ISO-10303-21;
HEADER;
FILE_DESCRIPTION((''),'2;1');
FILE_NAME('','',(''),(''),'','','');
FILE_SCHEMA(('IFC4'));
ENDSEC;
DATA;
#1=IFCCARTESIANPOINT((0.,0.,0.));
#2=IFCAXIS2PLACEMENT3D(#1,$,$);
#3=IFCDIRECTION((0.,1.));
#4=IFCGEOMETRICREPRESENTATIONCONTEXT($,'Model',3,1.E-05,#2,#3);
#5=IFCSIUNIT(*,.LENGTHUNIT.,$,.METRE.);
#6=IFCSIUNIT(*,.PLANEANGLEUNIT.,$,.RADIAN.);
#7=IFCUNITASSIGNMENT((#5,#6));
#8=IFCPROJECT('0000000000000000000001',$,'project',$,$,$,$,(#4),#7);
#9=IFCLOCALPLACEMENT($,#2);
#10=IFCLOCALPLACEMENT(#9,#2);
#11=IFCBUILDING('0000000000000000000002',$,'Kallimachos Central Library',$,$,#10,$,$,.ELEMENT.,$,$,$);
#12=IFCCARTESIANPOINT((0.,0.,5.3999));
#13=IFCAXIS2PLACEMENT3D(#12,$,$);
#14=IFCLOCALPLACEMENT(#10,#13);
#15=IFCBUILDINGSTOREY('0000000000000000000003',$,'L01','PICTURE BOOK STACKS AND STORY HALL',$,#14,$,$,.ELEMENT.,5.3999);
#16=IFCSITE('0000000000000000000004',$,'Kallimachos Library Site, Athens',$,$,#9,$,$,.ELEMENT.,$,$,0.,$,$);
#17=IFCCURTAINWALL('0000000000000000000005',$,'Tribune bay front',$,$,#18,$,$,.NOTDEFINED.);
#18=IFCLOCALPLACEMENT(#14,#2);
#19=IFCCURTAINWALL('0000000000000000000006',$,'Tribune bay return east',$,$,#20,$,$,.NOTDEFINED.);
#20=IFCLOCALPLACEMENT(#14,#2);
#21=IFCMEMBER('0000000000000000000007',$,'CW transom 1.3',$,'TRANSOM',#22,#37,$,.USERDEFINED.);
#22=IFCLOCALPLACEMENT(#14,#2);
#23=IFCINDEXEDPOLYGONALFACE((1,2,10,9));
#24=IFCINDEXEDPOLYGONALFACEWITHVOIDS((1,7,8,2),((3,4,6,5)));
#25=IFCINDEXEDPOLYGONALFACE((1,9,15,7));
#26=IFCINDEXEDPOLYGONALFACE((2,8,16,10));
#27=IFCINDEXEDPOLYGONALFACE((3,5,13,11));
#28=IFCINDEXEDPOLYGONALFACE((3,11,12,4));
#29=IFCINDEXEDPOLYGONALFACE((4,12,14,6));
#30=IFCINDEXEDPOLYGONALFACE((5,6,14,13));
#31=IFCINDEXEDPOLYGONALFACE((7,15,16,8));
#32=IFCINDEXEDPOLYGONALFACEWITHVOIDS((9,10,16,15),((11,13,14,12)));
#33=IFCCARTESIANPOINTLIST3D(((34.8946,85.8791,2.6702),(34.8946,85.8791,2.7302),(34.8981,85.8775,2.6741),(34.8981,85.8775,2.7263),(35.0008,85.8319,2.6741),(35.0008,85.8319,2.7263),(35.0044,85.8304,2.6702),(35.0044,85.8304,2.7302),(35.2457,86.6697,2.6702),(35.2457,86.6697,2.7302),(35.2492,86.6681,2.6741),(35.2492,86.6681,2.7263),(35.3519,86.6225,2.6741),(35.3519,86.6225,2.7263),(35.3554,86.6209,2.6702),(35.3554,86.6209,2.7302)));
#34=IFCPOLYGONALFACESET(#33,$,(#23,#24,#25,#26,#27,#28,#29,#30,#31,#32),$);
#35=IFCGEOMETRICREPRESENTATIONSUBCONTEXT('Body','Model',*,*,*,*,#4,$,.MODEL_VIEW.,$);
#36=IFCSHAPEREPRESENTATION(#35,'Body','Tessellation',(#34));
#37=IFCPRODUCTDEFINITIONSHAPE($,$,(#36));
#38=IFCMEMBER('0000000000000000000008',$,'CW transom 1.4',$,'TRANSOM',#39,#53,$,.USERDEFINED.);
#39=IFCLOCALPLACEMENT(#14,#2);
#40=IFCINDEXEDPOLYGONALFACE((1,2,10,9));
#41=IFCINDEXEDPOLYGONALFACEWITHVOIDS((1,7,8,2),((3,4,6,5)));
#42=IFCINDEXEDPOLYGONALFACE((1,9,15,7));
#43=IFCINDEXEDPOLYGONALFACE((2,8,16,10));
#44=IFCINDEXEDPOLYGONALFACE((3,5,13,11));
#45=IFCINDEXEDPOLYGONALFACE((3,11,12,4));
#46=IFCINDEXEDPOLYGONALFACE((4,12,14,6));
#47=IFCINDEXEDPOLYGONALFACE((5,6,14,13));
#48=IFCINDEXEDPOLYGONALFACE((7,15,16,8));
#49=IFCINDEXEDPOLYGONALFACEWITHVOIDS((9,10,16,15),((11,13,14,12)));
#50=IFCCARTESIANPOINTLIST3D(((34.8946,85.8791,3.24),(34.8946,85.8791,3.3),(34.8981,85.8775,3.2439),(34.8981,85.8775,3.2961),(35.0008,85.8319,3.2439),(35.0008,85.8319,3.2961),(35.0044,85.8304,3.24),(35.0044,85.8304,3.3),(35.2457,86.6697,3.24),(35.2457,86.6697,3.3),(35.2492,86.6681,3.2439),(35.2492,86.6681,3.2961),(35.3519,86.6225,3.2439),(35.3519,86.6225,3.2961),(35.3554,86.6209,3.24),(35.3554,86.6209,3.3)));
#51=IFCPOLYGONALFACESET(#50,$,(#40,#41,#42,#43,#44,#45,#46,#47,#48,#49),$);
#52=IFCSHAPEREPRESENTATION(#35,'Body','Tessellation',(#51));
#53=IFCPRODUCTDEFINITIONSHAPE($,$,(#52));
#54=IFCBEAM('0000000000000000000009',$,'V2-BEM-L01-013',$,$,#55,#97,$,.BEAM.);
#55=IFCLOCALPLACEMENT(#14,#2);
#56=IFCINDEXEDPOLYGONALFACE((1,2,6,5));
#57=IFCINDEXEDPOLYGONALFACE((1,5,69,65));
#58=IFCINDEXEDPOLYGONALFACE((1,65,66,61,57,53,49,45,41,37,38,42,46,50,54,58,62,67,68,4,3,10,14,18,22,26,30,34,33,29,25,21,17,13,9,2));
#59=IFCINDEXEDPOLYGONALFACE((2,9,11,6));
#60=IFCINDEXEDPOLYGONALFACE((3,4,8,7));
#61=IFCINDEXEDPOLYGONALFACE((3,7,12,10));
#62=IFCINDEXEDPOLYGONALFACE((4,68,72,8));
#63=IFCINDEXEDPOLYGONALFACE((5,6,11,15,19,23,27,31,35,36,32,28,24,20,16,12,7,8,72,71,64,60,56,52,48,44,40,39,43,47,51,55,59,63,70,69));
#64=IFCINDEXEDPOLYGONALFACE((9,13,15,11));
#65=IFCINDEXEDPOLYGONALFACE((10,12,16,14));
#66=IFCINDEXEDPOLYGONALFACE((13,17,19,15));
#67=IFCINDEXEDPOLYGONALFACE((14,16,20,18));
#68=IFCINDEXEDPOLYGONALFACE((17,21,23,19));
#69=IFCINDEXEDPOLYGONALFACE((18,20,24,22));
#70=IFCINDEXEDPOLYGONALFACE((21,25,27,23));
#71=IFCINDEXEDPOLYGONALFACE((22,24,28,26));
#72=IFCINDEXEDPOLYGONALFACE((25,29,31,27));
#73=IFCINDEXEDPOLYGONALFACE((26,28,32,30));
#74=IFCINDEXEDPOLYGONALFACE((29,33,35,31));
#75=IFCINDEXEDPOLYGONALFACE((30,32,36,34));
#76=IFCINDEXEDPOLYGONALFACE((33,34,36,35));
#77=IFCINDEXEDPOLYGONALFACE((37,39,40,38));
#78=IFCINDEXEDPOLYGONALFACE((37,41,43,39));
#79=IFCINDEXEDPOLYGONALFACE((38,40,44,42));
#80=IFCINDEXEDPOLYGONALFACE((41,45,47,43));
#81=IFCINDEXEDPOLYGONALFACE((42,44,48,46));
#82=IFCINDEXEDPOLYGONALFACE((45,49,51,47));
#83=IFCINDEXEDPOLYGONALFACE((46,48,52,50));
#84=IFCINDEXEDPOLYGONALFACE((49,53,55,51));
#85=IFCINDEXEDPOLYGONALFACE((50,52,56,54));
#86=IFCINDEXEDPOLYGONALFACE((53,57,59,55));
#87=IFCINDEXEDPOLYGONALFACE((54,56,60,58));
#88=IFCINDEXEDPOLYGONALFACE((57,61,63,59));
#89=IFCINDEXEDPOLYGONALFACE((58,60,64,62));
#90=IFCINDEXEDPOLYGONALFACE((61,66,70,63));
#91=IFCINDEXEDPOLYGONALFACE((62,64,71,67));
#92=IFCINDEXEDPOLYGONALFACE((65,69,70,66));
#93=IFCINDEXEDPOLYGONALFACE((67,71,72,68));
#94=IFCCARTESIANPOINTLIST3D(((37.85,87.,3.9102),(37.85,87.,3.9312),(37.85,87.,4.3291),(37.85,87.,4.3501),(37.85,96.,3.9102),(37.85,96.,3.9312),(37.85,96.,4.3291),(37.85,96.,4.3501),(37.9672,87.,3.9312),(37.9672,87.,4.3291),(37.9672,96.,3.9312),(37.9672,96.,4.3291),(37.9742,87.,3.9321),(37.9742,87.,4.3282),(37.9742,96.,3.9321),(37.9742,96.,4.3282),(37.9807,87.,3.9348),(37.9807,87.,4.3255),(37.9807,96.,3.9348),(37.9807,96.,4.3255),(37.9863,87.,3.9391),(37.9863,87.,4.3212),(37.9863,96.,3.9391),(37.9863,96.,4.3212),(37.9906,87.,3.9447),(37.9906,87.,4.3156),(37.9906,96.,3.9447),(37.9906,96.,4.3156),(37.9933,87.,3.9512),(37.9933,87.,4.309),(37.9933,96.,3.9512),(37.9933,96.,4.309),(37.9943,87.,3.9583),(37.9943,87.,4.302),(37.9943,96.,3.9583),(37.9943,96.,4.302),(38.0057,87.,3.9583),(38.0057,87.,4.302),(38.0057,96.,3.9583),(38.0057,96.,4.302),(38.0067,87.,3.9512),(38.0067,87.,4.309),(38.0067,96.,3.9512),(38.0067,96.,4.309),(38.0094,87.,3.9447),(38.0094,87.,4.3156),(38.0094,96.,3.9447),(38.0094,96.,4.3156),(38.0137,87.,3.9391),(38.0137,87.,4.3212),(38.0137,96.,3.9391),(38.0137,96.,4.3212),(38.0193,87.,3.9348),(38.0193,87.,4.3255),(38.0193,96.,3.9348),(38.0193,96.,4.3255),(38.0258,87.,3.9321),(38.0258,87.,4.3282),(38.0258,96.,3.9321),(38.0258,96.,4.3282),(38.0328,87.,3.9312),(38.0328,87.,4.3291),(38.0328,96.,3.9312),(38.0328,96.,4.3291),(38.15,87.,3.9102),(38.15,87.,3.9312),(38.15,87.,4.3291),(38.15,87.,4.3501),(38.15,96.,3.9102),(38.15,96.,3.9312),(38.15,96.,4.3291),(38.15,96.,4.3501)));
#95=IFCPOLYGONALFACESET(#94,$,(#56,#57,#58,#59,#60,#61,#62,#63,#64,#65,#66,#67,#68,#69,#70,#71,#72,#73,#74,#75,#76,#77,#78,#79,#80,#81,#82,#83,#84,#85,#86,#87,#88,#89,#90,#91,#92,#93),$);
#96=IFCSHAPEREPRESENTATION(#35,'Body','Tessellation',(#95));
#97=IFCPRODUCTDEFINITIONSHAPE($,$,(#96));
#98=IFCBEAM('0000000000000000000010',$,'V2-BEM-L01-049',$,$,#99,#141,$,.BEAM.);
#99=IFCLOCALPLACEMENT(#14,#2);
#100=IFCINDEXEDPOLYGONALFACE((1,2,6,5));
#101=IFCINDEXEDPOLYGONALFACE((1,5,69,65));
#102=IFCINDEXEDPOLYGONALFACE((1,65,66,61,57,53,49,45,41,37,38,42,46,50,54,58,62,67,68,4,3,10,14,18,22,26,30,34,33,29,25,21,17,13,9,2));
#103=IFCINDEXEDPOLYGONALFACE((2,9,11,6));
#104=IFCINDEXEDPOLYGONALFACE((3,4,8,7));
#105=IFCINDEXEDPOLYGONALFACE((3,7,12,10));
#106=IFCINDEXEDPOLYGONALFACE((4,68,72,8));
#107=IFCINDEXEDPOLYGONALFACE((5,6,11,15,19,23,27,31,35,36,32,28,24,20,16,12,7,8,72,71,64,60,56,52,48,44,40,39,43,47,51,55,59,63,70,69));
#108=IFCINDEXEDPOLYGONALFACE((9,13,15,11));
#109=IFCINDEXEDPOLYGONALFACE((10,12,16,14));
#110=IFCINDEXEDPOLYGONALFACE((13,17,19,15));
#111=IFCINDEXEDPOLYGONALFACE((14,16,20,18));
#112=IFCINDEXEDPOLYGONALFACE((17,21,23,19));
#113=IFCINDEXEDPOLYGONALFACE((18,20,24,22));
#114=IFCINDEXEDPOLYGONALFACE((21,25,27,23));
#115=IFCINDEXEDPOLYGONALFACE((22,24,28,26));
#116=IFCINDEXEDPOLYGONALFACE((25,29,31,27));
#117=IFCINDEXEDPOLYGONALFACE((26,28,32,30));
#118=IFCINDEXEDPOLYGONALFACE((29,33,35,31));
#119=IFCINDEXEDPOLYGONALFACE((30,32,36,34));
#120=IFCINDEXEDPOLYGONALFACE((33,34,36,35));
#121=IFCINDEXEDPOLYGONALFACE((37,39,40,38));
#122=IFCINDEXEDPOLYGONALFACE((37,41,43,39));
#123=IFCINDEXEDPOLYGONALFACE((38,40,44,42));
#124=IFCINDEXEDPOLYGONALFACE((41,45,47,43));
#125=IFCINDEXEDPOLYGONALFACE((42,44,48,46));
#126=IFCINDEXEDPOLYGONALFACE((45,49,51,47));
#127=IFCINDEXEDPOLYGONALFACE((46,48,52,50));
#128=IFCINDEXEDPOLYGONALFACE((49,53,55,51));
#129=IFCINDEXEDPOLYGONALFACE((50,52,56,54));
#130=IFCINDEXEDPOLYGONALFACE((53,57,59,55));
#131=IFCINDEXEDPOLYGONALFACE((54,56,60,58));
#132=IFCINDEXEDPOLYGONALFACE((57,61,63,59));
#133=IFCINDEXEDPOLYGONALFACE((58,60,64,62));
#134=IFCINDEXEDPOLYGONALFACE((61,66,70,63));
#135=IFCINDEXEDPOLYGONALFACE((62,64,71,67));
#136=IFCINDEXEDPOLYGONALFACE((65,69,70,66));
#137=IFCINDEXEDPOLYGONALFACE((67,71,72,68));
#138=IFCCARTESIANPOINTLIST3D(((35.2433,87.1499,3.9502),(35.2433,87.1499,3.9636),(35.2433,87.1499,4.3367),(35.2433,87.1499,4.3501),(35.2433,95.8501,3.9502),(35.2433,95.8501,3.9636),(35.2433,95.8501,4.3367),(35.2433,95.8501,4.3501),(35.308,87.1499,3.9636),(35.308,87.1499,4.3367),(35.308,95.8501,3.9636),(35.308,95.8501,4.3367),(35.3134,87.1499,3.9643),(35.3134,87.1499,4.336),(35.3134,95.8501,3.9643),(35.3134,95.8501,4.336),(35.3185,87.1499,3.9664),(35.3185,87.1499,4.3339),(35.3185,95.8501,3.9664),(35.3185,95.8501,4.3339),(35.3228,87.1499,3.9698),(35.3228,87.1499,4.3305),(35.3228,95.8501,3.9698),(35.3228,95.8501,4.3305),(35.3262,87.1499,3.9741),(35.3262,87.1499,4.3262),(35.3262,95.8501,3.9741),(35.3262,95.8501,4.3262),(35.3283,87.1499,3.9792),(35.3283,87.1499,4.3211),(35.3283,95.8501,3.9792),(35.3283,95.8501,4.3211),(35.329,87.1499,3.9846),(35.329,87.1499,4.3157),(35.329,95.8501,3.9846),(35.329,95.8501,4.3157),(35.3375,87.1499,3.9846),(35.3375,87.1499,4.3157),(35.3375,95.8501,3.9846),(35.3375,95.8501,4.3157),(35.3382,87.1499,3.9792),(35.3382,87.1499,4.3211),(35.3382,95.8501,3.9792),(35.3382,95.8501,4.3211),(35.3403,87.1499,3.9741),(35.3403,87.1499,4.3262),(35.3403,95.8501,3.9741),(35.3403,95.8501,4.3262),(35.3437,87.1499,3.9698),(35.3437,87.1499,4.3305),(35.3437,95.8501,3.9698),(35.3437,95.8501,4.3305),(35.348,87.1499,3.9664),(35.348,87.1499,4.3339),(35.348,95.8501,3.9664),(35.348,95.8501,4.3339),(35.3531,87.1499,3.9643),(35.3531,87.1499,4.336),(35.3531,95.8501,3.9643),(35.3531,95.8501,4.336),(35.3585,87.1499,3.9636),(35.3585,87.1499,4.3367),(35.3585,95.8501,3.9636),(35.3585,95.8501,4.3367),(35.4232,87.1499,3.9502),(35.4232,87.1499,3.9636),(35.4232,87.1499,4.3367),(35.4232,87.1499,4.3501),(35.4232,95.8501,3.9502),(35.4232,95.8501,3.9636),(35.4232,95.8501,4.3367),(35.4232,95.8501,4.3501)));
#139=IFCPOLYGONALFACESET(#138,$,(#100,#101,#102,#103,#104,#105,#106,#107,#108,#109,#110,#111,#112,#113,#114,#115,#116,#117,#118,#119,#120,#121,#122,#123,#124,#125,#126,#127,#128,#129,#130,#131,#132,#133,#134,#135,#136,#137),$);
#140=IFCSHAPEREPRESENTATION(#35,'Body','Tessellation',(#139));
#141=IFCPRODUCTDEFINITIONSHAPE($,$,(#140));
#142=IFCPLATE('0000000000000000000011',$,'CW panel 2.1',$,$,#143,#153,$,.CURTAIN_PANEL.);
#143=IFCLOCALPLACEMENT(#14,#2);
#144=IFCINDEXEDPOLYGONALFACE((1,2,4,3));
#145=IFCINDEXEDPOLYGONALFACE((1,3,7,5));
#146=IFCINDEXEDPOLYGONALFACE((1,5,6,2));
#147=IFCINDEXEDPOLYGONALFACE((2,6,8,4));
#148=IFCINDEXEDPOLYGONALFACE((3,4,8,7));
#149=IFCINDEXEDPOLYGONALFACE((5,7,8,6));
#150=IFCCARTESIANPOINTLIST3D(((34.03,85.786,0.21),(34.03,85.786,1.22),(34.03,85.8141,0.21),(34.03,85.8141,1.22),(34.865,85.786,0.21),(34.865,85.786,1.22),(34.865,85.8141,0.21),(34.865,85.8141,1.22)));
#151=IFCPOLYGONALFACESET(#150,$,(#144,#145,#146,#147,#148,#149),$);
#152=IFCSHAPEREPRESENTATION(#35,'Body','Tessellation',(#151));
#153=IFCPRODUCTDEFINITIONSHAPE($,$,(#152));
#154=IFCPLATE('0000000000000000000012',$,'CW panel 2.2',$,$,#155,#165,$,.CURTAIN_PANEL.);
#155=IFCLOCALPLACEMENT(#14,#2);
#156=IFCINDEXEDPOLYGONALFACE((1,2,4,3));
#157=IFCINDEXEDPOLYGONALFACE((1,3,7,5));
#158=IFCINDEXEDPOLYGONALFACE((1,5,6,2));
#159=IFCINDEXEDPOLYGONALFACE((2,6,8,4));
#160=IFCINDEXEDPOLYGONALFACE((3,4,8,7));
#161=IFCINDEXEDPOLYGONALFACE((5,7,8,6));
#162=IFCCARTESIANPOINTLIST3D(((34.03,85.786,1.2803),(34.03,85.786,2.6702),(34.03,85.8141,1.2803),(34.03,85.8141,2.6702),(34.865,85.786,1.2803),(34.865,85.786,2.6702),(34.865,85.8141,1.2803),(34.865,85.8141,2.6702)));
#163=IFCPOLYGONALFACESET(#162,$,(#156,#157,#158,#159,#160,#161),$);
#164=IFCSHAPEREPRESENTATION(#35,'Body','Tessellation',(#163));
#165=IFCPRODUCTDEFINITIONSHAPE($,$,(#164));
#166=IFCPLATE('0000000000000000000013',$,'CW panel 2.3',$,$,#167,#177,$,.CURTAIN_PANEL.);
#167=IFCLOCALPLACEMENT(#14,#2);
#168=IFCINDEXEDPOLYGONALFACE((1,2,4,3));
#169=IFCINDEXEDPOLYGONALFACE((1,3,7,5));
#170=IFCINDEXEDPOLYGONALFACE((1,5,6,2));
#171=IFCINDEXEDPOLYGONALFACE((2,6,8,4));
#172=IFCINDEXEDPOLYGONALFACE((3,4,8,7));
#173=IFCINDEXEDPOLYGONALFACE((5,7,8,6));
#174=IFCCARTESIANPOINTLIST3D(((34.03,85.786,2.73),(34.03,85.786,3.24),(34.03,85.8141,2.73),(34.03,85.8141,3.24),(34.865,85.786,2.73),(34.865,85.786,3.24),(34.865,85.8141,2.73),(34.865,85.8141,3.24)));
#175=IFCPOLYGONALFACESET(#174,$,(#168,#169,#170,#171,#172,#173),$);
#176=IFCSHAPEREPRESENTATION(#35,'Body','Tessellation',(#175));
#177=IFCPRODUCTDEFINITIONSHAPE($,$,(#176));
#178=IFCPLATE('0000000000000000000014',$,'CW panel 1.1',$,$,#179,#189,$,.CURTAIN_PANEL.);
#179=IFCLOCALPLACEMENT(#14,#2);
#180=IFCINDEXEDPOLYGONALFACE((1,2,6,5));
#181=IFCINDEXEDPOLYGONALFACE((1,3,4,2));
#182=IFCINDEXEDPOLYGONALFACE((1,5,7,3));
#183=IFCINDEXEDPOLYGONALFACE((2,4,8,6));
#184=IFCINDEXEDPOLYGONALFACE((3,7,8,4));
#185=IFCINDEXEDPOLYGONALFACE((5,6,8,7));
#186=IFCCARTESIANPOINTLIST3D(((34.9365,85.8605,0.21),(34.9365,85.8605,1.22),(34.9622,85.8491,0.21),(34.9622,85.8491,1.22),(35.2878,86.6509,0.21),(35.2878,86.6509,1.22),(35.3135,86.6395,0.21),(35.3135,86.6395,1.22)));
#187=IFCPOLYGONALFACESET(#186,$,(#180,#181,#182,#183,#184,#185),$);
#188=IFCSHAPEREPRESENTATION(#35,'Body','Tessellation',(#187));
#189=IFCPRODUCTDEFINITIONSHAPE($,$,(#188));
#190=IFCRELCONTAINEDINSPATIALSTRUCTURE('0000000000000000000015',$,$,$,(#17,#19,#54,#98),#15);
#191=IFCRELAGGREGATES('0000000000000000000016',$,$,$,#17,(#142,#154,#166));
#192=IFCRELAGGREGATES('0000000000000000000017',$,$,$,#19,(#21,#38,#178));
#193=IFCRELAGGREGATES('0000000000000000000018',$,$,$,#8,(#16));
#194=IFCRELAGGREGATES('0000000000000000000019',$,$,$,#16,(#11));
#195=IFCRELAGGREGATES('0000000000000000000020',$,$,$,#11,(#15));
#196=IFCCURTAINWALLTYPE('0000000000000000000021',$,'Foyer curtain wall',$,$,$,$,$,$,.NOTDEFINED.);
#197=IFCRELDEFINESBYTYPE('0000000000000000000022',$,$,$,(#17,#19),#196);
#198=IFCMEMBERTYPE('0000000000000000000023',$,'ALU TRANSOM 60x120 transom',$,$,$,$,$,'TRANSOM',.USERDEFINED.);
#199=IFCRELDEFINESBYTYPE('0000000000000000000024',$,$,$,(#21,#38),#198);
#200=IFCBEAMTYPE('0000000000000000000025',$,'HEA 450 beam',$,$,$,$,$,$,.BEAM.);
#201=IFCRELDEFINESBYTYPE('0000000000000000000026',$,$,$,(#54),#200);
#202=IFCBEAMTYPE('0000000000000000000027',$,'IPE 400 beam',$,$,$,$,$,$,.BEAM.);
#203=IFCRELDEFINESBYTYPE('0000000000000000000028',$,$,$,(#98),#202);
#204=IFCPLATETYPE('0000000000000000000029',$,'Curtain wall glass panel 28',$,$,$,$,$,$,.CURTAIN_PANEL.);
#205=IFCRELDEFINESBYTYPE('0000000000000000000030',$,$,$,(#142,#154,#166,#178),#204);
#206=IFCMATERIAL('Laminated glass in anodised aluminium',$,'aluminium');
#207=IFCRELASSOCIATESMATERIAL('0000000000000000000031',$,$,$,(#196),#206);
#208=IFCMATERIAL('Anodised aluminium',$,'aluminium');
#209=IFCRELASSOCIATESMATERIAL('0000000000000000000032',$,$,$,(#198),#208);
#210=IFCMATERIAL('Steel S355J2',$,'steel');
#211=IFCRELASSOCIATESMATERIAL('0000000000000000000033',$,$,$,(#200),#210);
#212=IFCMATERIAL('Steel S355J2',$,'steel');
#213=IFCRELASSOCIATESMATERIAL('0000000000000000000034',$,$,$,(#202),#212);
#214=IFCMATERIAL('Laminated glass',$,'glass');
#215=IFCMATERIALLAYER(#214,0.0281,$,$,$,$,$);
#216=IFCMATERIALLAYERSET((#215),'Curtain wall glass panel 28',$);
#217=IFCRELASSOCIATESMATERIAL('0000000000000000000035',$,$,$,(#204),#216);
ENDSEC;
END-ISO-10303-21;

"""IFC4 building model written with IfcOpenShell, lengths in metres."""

from ifc_helpers import new_model, si_unit, direction, frame, origin, origin_2d, place, context, subcontext, project, spatial, rectangle, hollow_rectangle, i_section, extrude, material, layer, layer_set, material_profile, profile_set, type_object, element, aggregate, save


model = new_model("IFC4")

# Units and contexts
model_context = context("Model", 3, precision=1e-05, world=origin(), true_north=direction((0.0, 1.0)))
body_context = subcontext(model_context, "Body", "Model", "MODEL_VIEW")
ifc_project = project(units=[si_unit("LENGTHUNIT", "METRE"), si_unit("PLANEANGLEUNIT", "RADIAN")], contexts=[model_context])

# Site, building, storey
site_placement = place(None, origin())
site = spatial("IfcSite", under=ifc_project, at=site_placement, Name="Kallimachos Library Site, Athens", CompositionType="ELEMENT", RefElevation=0.0)
building_placement = place(site_placement, origin())
building = spatial("IfcBuilding", under=site, at=building_placement, Name="Kallimachos Central Library", CompositionType="ELEMENT")
storey_placement = place(building_placement, frame((0.0, 0.0, 5.3999)))
storey = spatial("IfcBuildingStorey", under=building, at=storey_placement, Name="L01", Description="PICTURE BOOK STACKS AND STORY HALL", CompositionType="ELEMENT", Elevation=5.3999)

# Curtain wall
ifc_material_1 = material(Name="Laminated glass in anodised aluminium", Category="aluminium")
curtain_wall_type = type_object("IfcCurtainWallType", Name="Foyer curtain wall", PredefinedType="NOTDEFINED", material=ifc_material_1)
curtain_wall_1_placement = place(storey_placement, origin())
curtain_wall_1 = element("IfcCurtainWall", 1, at=curtain_wall_1_placement, inside=storey, type_object=curtain_wall_type, Name="Tribune bay front", PredefinedType="NOTDEFINED")

# Curtain wall
curtain_wall_2_placement = place(storey_placement, origin())
curtain_wall_2 = element("IfcCurtainWall", 2, at=curtain_wall_2_placement, inside=storey, type_object=curtain_wall_type, Name="Tribune bay return east", PredefinedType="NOTDEFINED")

# Members
ifc_material_2 = material(Name="Anodised aluminium", Category="aluminium")
ifc_material_profile_1 = material_profile(ifc_material_2, hollow_rectangle(XDim=0.0601, YDim=0.1201, WallThickness=0.0039, at=origin_2d()), Name="ALU TRANSOM 60x120")
ifc_profile_set_1 = profile_set([ifc_material_profile_1], Name="Anodised aluminium")
member_type_1 = type_object("IfcMemberType", Name="ALU TRANSOM 60x120 transom", ElementType="TRANSOM", PredefinedType="USERDEFINED", material=ifc_profile_set_1)
member_1_placement = place(storey_placement, frame((34.9495, 85.8547, 2.7002), z_axis=(0.405877, 0.913928, 0.0), x_axis=(0.0, 0.0, 1.0)))
member_1 = element("IfcMember", 3, at=member_1_placement, type_object=member_type_1, Name="CW transom 1.3", ObjectType="TRANSOM", PredefinedType="USERDEFINED", context=body_context, shape_type="SweptSolid", body=[
    extrude(hollow_rectangle(XDim=0.0601, YDim=0.1201, WallThickness=0.0039, at=origin_2d()), origin(), (0.0, 0.0, 1.0), 0.865),
])
member_2_placement = place(storey_placement, frame((34.9495, 85.8547, 3.27), z_axis=(0.405877, 0.913928, 0.0), x_axis=(0.0, 0.0, 1.0)))
member_2 = element("IfcMember", 4, at=member_2_placement, type_object=member_type_1, Name="CW transom 1.4", ObjectType="TRANSOM", PredefinedType="USERDEFINED", context=body_context, shape_type="SweptSolid", body=[
    extrude(hollow_rectangle(XDim=0.0601, YDim=0.1201, WallThickness=0.0039, at=origin_2d()), origin(), (0.0, 0.0, 1.0), 0.865),
])

# Beams
ifc_material_3 = material(Name="Steel S355J2", Category="steel")
ifc_material_profile_2 = material_profile(ifc_material_3, i_section(OverallWidth=0.3, OverallDepth=0.4399, WebThickness=0.0115, FlangeThickness=0.021, FilletRadius=0.0271, at=origin_2d()), Name="HEA 450")
ifc_profile_set_2 = profile_set([ifc_material_profile_2], Name="Steel S355J2")
beam_type_1 = type_object("IfcBeamType", Name="HEA 450 beam", PredefinedType="BEAM", material=ifc_profile_set_2)
beam_1_placement = place(storey_placement, frame((38.0, 87.0, 4.1301), z_axis=(0.0, 1.0, 0.0), x_axis=(-1.0, 0.0, 0.0)))
element("IfcBeam", 5, at=beam_1_placement, inside=storey, type_object=beam_type_1, Name="V2-BEM-L01-013", PredefinedType="BEAM", context=body_context, shape_type="SweptSolid", body=[
    extrude(i_section(OverallWidth=0.3, OverallDepth=0.4399, WebThickness=0.0115, FlangeThickness=0.021, FilletRadius=0.0271, at=origin_2d()), origin(), (0.0, 0.0, 1.0), 9.0),
])
ifc_material_4 = material(Name="Steel S355J2", Category="steel")
ifc_material_profile_3 = material_profile(ifc_material_4, i_section(OverallWidth=0.1799, OverallDepth=0.3999, WebThickness=0.0085, FlangeThickness=0.0134, FilletRadius=0.021, at=origin_2d()), Name="IPE 400")
ifc_profile_set_3 = profile_set([ifc_material_profile_3], Name="Steel S355J2")
beam_type_2 = type_object("IfcBeamType", Name="IPE 400 beam", PredefinedType="BEAM", material=ifc_profile_set_3)
beam_2_placement = place(storey_placement, frame((35.3333, 87.1499, 4.1501), z_axis=(0.0, 1.0, 0.0), x_axis=(-1.0, 0.0, 0.0)))
element("IfcBeam", 6, at=beam_2_placement, inside=storey, type_object=beam_type_2, Name="V2-BEM-L01-049", PredefinedType="BEAM", context=body_context, shape_type="SweptSolid", body=[
    extrude(i_section(OverallWidth=0.1799, OverallDepth=0.3999, WebThickness=0.0085, FlangeThickness=0.0134, FilletRadius=0.021, at=origin_2d()), origin(), (0.0, 0.0, 1.0), 8.7002),
])

# Plates
ifc_material_5 = material(Name="Laminated glass", Category="glass")
ifc_layer_1 = layer(ifc_material_5, 0.0281)
ifc_layer_set_1 = layer_set([ifc_layer_1], Name="Curtain wall glass panel 28")
plate_type = type_object("IfcPlateType", Name="Curtain wall glass panel 28", PredefinedType="CURTAIN_PANEL", material=ifc_layer_set_1)
plate_1_placement = place(storey_placement, frame((34.4475, 85.8, 0.21), z_axis=(0.0, 0.0, 1.0), x_axis=(1.0, 0.0, 0.0)))
plate_1 = element("IfcPlate", 7, at=plate_1_placement, type_object=plate_type, Name="CW panel 2.1", PredefinedType="CURTAIN_PANEL", context=body_context, shape_type="SweptSolid", body=[
    extrude(rectangle(XDim=0.835, YDim=0.0281, at=origin_2d()), origin(), (0.0, 0.0, 1.0), 1.01),
])
plate_2_placement = place(storey_placement, frame((34.4475, 85.8, 1.2803), z_axis=(0.0, 0.0, 1.0), x_axis=(1.0, 0.0, 0.0)))
plate_2 = element("IfcPlate", 8, at=plate_2_placement, type_object=plate_type, Name="CW panel 2.2", PredefinedType="CURTAIN_PANEL", context=body_context, shape_type="SweptSolid", body=[
    extrude(rectangle(XDim=0.835, YDim=0.0281, at=origin_2d()), origin(), (0.0, 0.0, 1.0), 1.3899),
])
plate_3_placement = place(storey_placement, frame((34.4475, 85.8, 2.73), z_axis=(0.0, 0.0, 1.0), x_axis=(1.0, 0.0, 0.0)))
plate_3 = element("IfcPlate", 9, at=plate_3_placement, type_object=plate_type, Name="CW panel 2.3", PredefinedType="CURTAIN_PANEL", context=body_context, shape_type="SweptSolid", body=[
    extrude(rectangle(XDim=0.835, YDim=0.0281, at=origin_2d()), origin(), (0.0, 0.0, 1.0), 0.51),
])
aggregate(curtain_wall_1, [plate_1, plate_2, plate_3])
plate_4_placement = place(storey_placement, frame((35.125, 86.25, 0.21), z_axis=(0.0, 0.0, 1.0), x_axis=(0.406138, 0.913812, 0.0)))
plate_4 = element("IfcPlate", 10, at=plate_4_placement, type_object=plate_type, Name="CW panel 1.1", PredefinedType="CURTAIN_PANEL", context=body_context, shape_type="SweptSolid", body=[
    extrude(rectangle(XDim=0.865, YDim=0.0281, at=origin_2d()), origin(), (0.0, 0.0, 1.0), 1.01),
])
aggregate(curtain_wall_2, [member_1, member_2, plate_4])

save(model, "model.ifc")
